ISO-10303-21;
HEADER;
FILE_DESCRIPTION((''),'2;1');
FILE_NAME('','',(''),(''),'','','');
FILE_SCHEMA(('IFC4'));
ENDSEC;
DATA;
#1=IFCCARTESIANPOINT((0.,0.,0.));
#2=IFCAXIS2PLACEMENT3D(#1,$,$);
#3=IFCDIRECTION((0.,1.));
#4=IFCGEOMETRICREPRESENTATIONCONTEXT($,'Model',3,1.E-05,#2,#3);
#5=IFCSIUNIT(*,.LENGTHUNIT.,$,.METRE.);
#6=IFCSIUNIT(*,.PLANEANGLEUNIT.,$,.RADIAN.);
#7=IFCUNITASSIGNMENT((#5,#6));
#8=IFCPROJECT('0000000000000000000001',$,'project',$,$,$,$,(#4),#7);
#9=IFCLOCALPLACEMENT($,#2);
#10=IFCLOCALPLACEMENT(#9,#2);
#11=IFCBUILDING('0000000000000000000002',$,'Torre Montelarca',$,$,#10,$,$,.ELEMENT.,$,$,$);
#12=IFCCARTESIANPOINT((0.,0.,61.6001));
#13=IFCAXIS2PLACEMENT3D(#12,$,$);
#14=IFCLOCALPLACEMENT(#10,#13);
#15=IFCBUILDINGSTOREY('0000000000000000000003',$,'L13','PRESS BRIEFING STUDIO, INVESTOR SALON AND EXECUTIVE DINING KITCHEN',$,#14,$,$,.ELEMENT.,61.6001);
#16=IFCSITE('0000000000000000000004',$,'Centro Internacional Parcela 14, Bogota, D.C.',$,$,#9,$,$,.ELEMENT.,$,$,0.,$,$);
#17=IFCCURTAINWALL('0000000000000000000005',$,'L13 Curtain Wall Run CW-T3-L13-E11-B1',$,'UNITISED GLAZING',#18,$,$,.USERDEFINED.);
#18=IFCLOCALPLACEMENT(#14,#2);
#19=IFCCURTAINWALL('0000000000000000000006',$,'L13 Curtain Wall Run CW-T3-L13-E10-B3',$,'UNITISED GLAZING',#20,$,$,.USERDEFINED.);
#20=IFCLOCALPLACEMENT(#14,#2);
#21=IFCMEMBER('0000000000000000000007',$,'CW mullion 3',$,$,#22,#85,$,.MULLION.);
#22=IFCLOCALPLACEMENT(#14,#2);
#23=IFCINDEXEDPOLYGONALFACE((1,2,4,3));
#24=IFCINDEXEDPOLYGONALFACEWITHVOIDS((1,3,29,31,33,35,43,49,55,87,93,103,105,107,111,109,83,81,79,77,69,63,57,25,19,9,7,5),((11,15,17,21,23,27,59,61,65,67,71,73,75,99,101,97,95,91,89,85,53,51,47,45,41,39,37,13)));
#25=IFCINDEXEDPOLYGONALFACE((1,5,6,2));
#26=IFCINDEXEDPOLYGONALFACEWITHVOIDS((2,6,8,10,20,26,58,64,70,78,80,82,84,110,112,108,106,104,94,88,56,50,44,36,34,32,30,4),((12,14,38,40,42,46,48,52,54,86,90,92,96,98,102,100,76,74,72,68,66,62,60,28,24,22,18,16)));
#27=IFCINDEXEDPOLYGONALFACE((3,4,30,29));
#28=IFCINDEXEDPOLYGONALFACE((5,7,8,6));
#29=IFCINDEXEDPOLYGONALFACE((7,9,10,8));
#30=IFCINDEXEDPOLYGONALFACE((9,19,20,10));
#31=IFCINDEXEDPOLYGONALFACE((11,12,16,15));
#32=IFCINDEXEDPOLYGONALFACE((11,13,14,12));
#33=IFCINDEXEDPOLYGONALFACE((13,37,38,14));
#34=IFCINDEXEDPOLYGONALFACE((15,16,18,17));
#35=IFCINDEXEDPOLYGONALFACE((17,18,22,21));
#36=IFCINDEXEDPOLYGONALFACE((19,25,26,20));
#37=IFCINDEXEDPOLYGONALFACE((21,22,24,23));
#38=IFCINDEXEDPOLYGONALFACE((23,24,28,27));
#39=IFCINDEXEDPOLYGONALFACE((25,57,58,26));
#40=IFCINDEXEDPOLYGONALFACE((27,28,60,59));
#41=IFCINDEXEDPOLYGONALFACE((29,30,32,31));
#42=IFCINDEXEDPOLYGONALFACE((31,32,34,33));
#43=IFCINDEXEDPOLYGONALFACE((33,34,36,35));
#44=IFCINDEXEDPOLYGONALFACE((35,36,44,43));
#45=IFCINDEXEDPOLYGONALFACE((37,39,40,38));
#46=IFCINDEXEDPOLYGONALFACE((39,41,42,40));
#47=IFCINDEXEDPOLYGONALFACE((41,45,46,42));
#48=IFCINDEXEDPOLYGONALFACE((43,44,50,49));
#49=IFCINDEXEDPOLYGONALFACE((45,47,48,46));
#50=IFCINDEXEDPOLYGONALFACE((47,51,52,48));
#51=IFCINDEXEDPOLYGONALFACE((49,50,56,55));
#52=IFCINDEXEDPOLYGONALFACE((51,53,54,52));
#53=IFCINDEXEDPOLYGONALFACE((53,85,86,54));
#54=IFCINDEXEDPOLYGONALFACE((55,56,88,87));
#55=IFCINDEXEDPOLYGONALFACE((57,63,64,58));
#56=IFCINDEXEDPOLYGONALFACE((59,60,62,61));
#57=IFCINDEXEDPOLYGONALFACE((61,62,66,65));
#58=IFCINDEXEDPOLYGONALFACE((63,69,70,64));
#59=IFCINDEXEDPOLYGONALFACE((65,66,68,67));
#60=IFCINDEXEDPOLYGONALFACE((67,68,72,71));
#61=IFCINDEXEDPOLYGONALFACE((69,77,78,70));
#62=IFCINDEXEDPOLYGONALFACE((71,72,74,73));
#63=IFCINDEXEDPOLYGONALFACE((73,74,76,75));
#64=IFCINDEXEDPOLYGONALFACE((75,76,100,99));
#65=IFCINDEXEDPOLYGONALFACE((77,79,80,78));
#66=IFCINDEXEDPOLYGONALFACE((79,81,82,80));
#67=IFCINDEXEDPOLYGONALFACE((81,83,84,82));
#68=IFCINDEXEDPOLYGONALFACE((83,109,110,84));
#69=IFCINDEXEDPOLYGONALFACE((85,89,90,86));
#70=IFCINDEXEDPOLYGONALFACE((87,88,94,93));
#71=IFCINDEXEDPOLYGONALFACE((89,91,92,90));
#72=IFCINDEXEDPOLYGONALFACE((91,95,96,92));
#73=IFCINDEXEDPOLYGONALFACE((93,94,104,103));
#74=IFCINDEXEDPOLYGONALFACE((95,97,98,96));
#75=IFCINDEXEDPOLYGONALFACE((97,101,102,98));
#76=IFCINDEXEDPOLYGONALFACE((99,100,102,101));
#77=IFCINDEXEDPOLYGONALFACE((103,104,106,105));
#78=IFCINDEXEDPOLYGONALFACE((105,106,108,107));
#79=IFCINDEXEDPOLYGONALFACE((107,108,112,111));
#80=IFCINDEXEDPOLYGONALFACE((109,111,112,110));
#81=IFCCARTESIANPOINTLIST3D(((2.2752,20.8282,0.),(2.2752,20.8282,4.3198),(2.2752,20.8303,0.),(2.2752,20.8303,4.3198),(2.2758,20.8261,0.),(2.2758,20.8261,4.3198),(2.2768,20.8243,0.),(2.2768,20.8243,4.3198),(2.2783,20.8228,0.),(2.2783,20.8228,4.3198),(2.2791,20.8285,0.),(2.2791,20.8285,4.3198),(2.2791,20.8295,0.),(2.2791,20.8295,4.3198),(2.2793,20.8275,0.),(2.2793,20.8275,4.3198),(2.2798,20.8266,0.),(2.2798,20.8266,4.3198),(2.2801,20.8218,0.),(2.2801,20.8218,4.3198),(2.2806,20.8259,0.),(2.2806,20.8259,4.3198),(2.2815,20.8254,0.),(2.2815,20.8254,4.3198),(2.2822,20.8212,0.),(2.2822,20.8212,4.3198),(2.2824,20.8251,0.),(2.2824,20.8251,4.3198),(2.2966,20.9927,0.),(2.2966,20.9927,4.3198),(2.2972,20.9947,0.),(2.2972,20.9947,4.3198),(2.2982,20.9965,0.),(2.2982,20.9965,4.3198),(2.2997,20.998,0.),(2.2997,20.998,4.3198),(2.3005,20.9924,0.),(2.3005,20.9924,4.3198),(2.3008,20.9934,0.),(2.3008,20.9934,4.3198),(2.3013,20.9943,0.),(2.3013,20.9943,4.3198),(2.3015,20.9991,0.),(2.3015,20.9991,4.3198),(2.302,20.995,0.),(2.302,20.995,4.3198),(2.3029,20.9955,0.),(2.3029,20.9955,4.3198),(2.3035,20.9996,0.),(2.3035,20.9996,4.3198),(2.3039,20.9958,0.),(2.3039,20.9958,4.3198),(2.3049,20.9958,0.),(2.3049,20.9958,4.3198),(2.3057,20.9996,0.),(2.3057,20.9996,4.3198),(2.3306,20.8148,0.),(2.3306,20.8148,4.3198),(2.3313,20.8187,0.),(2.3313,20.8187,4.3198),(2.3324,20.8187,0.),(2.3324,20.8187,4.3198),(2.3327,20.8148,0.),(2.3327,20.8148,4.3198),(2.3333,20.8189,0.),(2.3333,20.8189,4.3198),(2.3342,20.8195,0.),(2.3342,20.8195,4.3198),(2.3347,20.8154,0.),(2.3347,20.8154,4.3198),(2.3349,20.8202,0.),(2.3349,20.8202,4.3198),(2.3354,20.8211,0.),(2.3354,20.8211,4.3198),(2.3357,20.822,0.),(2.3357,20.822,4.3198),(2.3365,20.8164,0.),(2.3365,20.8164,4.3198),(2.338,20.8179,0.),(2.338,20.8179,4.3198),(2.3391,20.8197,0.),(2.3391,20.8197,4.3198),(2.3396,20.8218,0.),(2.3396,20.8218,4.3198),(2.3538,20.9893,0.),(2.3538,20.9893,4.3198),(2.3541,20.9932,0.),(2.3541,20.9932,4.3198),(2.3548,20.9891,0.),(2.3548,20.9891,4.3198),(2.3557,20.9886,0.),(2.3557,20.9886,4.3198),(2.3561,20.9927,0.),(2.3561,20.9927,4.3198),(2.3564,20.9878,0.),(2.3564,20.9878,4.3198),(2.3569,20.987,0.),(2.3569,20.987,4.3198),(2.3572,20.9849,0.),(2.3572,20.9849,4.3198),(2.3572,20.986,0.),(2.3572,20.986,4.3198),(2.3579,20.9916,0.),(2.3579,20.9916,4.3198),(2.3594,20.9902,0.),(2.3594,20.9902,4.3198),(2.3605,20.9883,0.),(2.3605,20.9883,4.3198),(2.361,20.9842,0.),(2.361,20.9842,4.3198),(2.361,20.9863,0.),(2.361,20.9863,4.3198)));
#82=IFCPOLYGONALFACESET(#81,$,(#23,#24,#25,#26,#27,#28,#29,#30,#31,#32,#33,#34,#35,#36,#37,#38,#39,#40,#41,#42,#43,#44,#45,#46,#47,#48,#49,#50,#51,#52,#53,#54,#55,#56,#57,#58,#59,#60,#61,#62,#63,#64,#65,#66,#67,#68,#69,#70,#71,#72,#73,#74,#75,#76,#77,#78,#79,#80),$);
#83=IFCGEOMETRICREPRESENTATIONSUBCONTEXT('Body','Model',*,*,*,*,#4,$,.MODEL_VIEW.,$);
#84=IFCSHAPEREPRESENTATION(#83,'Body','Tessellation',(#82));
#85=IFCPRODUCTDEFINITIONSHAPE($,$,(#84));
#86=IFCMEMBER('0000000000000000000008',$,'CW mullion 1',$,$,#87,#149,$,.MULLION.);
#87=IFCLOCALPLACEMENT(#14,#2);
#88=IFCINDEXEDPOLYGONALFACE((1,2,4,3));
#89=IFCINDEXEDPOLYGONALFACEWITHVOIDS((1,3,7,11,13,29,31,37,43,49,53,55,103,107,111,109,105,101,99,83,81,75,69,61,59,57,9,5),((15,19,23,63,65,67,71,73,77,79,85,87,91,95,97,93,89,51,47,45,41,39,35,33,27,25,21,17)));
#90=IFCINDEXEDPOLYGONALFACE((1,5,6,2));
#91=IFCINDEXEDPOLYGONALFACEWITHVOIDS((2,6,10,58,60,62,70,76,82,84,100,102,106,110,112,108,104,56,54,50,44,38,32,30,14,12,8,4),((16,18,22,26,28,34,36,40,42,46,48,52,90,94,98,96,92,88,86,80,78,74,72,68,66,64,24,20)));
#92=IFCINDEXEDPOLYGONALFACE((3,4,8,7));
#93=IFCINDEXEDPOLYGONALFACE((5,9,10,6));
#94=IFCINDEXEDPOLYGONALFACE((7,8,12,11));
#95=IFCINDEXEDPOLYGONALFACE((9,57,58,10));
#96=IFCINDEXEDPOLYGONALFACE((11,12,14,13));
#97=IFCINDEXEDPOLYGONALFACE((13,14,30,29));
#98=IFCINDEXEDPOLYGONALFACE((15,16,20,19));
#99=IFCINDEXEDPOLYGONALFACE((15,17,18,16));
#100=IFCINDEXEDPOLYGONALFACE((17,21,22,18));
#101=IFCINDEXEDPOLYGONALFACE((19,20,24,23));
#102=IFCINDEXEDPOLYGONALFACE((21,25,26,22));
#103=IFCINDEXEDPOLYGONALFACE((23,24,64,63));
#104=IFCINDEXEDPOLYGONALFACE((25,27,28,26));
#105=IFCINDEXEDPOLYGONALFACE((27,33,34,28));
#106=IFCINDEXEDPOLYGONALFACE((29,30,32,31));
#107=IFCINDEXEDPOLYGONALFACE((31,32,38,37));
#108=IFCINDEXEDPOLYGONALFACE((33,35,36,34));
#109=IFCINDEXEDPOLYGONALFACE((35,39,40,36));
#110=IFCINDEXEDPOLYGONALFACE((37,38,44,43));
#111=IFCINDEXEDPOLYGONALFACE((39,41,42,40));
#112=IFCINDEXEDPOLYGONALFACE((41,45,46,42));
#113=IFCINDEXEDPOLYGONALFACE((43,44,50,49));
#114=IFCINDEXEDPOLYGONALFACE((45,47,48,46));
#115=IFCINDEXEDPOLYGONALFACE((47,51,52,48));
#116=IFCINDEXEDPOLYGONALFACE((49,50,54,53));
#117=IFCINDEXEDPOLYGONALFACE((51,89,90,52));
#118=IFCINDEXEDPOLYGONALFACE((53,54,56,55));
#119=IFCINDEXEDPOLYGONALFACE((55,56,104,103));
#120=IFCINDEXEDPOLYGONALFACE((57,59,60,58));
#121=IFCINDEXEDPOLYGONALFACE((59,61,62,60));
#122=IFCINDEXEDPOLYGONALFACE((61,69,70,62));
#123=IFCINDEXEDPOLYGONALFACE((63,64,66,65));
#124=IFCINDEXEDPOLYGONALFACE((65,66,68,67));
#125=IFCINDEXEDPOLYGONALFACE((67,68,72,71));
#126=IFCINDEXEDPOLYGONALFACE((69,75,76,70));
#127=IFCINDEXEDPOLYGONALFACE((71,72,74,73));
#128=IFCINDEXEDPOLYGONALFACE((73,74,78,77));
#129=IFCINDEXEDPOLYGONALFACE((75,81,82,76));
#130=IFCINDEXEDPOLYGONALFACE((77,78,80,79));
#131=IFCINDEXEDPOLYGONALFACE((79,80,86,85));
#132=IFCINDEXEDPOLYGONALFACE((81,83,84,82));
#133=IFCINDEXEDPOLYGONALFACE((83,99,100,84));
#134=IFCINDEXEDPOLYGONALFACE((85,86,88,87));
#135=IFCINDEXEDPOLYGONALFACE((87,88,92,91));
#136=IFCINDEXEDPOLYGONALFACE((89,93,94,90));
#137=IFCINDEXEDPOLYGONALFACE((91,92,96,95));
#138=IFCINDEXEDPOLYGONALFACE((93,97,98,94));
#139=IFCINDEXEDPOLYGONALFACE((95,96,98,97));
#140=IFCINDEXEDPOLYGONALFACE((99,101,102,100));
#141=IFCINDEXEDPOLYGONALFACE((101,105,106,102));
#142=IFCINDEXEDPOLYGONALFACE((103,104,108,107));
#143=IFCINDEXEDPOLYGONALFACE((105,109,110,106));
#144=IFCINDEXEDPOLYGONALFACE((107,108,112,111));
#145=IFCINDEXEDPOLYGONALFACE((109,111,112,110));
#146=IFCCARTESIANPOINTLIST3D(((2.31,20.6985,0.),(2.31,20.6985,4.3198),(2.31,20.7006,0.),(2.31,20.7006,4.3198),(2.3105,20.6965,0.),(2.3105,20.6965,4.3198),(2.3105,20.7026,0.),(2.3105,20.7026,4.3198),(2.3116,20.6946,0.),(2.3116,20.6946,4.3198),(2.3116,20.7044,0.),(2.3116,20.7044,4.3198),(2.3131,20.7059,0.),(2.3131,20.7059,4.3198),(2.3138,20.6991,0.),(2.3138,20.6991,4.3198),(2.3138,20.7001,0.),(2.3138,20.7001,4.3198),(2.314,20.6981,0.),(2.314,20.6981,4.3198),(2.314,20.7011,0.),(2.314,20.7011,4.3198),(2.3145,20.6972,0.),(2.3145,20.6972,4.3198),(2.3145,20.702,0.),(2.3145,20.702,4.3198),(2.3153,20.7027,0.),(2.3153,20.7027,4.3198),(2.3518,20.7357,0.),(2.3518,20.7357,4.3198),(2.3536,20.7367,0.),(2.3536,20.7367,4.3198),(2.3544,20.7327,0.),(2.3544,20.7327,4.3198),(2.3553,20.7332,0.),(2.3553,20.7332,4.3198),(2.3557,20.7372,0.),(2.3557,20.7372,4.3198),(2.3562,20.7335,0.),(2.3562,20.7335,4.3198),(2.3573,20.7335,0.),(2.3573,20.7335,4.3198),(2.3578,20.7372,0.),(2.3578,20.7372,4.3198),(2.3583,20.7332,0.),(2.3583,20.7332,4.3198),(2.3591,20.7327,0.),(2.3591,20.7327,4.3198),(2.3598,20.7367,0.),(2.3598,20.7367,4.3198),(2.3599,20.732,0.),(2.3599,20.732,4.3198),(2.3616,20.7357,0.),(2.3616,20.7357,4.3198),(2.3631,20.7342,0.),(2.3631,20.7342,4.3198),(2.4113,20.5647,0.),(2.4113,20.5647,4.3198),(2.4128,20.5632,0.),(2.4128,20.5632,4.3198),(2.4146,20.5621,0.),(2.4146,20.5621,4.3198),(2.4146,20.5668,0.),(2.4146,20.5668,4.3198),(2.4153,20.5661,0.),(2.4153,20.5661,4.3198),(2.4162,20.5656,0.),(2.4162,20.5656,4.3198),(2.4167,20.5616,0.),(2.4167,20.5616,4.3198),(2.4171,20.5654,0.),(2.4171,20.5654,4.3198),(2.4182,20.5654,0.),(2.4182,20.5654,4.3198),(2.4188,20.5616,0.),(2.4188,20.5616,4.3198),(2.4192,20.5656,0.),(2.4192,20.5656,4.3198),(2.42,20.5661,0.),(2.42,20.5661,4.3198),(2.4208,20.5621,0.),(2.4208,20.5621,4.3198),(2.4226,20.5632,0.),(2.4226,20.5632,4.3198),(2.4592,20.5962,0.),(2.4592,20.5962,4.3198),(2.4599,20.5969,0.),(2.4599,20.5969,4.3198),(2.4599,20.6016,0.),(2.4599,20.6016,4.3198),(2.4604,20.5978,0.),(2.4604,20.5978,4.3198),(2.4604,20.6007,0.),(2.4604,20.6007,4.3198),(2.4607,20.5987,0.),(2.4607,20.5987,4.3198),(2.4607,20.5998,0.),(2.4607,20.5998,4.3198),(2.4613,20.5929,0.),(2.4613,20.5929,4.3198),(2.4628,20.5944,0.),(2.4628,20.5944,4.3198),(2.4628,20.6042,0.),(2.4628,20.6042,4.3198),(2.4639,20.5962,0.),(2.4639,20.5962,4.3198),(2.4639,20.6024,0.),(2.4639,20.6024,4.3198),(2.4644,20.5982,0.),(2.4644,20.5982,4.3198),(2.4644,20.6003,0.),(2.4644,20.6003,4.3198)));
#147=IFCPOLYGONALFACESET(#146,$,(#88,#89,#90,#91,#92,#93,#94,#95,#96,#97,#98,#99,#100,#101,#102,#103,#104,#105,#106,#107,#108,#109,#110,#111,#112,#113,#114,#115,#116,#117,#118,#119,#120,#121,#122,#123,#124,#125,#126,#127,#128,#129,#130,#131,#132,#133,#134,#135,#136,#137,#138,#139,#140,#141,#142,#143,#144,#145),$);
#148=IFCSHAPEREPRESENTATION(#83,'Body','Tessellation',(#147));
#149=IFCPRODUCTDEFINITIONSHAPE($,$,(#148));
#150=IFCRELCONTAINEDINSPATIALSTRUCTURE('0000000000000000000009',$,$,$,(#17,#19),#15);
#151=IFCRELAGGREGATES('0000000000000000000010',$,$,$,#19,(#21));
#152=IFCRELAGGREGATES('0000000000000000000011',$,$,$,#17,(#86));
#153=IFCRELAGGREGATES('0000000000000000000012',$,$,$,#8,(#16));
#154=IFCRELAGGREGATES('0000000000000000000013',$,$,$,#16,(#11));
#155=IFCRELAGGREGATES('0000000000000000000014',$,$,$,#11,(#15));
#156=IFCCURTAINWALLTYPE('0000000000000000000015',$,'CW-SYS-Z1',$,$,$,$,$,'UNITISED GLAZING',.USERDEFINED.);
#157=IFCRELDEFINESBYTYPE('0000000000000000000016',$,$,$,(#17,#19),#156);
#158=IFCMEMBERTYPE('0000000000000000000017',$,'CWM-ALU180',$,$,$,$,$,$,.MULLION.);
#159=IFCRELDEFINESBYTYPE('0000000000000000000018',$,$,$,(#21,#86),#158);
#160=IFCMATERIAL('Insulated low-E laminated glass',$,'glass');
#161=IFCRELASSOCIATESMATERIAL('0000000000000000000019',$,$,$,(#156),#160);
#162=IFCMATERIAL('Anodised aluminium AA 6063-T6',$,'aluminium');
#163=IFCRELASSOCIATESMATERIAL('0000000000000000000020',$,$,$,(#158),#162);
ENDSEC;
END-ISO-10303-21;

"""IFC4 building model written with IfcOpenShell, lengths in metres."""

from ifc_helpers import new_model, si_unit, direction, frame, origin, origin_2d, place, context, subcontext, project, spatial, hollow_rectangle, extrude, source, transform, mapped, material, material_profile, profile_set, type_object, element, aggregate, save


model = new_model("IFC4")

# Units and contexts
model_context = context("Model", 3, precision=1e-05, world=origin(), true_north=direction((0.0, 1.0)))
body_context = subcontext(model_context, "Body", "Model", "MODEL_VIEW")
ifc_project = project(units=[si_unit("LENGTHUNIT", "METRE"), si_unit("PLANEANGLEUNIT", "RADIAN")], contexts=[model_context])

# Site, building, storey
site_placement = place(None, origin())
site = spatial("IfcSite", under=ifc_project, at=site_placement, Name="Centro Internacional Parcela 14, Bogota, D.C.", CompositionType="ELEMENT", RefElevation=0.0)
building_placement = place(site_placement, origin())
building = spatial("IfcBuilding", under=site, at=building_placement, Name="Torre Montelarca", CompositionType="ELEMENT")
storey_placement = place(building_placement, frame((0.0, 0.0, 61.6001)))
storey = spatial("IfcBuildingStorey", under=building, at=storey_placement, Name="L13", Description="PRESS BRIEFING STUDIO, INVESTOR SALON AND EXECUTIVE DINING KITCHEN", CompositionType="ELEMENT", Elevation=61.6001)

# Curtain walls, member
ifc_material_1 = material(Name="Insulated low-E laminated glass", Category="glass")
curtain_wall_type = type_object("IfcCurtainWallType", Name="CW-SYS-Z1", ElementType="UNITISED GLAZING", PredefinedType="USERDEFINED", material=ifc_material_1)
curtain_wall_1_placement = place(storey_placement, origin())
curtain_wall_1 = element("IfcCurtainWall", 1, at=curtain_wall_1_placement, inside=storey, type_object=curtain_wall_type, Name="L13 Curtain Wall Run CW-T3-L13-E11-B1", ObjectType="UNITISED GLAZING", PredefinedType="USERDEFINED")
ifc_material_2 = material(Name="Anodised aluminium AA 6063-T6", Category="aluminium")
curtain_wall_2_placement = place(storey_placement, origin())
curtain_wall_2 = element("IfcCurtainWall", 2, at=curtain_wall_2_placement, inside=storey, type_object=curtain_wall_type, Name="L13 Curtain Wall Run CW-T3-L13-E10-B3", ObjectType="UNITISED GLAZING", PredefinedType="USERDEFINED")
ifc_material_profile_1 = material_profile(ifc_material_2, hollow_rectangle(XDim=0.0649, YDim=0.1799, WallThickness=0.0039, InnerFilletRadius=0.0039, OuterFilletRadius=0.0081, at=origin_2d()), Name="ALU65X180X4", Category="aluminium")
ifc_profile_set_1 = profile_set([ifc_material_profile_1], Name="Anodised aluminium AA 6063-T6")
member_type_1 = type_object("IfcMemberType", Name="CWM-ALU180", PredefinedType="MULLION", material=ifc_profile_set_1)
shared_shape_1 = source(origin(), body_context, "Body", "SweptSolid", [
    extrude(hollow_rectangle(XDim=0.0649, YDim=0.1799, WallThickness=0.0039, InnerFilletRadius=0.0039, OuterFilletRadius=0.0081, at=origin_2d()), origin(), (0.0, 0.0, 1.0), 4.3198),
])
member_1_placement = place(storey_placement, frame((2.3181, 20.9072, 0.0), z_axis=(0.0, 0.0, 1.0), x_axis=(0.991447, -0.130508, 0.0)))
member_1 = element("IfcMember", 3, at=member_1_placement, type_object=member_type_1, Name="CW mullion 3", PredefinedType="MULLION", context=body_context, shape_type="MappedRepresentation", body=[
    mapped(shared_shape_1, transform((0.0, 0.0, 0.0), scale=1.0)),
])

# Member
member_2_placement = place(storey_placement, frame((2.3872, 20.6494, 0.0), z_axis=(0.0, 0.0, 1.0), x_axis=(0.793346, 0.608771, 0.0)))
member_2 = element("IfcMember", 4, at=member_2_placement, type_object=member_type_1, Name="CW mullion 1", PredefinedType="MULLION", context=body_context, shape_type="MappedRepresentation", body=[
    mapped(shared_shape_1, transform((0.0, 0.0, 0.0), scale=1.0)),
])

aggregate(curtain_wall_2, [member_1])
aggregate(curtain_wall_1, [member_2])

save(model, "model.ifc")
